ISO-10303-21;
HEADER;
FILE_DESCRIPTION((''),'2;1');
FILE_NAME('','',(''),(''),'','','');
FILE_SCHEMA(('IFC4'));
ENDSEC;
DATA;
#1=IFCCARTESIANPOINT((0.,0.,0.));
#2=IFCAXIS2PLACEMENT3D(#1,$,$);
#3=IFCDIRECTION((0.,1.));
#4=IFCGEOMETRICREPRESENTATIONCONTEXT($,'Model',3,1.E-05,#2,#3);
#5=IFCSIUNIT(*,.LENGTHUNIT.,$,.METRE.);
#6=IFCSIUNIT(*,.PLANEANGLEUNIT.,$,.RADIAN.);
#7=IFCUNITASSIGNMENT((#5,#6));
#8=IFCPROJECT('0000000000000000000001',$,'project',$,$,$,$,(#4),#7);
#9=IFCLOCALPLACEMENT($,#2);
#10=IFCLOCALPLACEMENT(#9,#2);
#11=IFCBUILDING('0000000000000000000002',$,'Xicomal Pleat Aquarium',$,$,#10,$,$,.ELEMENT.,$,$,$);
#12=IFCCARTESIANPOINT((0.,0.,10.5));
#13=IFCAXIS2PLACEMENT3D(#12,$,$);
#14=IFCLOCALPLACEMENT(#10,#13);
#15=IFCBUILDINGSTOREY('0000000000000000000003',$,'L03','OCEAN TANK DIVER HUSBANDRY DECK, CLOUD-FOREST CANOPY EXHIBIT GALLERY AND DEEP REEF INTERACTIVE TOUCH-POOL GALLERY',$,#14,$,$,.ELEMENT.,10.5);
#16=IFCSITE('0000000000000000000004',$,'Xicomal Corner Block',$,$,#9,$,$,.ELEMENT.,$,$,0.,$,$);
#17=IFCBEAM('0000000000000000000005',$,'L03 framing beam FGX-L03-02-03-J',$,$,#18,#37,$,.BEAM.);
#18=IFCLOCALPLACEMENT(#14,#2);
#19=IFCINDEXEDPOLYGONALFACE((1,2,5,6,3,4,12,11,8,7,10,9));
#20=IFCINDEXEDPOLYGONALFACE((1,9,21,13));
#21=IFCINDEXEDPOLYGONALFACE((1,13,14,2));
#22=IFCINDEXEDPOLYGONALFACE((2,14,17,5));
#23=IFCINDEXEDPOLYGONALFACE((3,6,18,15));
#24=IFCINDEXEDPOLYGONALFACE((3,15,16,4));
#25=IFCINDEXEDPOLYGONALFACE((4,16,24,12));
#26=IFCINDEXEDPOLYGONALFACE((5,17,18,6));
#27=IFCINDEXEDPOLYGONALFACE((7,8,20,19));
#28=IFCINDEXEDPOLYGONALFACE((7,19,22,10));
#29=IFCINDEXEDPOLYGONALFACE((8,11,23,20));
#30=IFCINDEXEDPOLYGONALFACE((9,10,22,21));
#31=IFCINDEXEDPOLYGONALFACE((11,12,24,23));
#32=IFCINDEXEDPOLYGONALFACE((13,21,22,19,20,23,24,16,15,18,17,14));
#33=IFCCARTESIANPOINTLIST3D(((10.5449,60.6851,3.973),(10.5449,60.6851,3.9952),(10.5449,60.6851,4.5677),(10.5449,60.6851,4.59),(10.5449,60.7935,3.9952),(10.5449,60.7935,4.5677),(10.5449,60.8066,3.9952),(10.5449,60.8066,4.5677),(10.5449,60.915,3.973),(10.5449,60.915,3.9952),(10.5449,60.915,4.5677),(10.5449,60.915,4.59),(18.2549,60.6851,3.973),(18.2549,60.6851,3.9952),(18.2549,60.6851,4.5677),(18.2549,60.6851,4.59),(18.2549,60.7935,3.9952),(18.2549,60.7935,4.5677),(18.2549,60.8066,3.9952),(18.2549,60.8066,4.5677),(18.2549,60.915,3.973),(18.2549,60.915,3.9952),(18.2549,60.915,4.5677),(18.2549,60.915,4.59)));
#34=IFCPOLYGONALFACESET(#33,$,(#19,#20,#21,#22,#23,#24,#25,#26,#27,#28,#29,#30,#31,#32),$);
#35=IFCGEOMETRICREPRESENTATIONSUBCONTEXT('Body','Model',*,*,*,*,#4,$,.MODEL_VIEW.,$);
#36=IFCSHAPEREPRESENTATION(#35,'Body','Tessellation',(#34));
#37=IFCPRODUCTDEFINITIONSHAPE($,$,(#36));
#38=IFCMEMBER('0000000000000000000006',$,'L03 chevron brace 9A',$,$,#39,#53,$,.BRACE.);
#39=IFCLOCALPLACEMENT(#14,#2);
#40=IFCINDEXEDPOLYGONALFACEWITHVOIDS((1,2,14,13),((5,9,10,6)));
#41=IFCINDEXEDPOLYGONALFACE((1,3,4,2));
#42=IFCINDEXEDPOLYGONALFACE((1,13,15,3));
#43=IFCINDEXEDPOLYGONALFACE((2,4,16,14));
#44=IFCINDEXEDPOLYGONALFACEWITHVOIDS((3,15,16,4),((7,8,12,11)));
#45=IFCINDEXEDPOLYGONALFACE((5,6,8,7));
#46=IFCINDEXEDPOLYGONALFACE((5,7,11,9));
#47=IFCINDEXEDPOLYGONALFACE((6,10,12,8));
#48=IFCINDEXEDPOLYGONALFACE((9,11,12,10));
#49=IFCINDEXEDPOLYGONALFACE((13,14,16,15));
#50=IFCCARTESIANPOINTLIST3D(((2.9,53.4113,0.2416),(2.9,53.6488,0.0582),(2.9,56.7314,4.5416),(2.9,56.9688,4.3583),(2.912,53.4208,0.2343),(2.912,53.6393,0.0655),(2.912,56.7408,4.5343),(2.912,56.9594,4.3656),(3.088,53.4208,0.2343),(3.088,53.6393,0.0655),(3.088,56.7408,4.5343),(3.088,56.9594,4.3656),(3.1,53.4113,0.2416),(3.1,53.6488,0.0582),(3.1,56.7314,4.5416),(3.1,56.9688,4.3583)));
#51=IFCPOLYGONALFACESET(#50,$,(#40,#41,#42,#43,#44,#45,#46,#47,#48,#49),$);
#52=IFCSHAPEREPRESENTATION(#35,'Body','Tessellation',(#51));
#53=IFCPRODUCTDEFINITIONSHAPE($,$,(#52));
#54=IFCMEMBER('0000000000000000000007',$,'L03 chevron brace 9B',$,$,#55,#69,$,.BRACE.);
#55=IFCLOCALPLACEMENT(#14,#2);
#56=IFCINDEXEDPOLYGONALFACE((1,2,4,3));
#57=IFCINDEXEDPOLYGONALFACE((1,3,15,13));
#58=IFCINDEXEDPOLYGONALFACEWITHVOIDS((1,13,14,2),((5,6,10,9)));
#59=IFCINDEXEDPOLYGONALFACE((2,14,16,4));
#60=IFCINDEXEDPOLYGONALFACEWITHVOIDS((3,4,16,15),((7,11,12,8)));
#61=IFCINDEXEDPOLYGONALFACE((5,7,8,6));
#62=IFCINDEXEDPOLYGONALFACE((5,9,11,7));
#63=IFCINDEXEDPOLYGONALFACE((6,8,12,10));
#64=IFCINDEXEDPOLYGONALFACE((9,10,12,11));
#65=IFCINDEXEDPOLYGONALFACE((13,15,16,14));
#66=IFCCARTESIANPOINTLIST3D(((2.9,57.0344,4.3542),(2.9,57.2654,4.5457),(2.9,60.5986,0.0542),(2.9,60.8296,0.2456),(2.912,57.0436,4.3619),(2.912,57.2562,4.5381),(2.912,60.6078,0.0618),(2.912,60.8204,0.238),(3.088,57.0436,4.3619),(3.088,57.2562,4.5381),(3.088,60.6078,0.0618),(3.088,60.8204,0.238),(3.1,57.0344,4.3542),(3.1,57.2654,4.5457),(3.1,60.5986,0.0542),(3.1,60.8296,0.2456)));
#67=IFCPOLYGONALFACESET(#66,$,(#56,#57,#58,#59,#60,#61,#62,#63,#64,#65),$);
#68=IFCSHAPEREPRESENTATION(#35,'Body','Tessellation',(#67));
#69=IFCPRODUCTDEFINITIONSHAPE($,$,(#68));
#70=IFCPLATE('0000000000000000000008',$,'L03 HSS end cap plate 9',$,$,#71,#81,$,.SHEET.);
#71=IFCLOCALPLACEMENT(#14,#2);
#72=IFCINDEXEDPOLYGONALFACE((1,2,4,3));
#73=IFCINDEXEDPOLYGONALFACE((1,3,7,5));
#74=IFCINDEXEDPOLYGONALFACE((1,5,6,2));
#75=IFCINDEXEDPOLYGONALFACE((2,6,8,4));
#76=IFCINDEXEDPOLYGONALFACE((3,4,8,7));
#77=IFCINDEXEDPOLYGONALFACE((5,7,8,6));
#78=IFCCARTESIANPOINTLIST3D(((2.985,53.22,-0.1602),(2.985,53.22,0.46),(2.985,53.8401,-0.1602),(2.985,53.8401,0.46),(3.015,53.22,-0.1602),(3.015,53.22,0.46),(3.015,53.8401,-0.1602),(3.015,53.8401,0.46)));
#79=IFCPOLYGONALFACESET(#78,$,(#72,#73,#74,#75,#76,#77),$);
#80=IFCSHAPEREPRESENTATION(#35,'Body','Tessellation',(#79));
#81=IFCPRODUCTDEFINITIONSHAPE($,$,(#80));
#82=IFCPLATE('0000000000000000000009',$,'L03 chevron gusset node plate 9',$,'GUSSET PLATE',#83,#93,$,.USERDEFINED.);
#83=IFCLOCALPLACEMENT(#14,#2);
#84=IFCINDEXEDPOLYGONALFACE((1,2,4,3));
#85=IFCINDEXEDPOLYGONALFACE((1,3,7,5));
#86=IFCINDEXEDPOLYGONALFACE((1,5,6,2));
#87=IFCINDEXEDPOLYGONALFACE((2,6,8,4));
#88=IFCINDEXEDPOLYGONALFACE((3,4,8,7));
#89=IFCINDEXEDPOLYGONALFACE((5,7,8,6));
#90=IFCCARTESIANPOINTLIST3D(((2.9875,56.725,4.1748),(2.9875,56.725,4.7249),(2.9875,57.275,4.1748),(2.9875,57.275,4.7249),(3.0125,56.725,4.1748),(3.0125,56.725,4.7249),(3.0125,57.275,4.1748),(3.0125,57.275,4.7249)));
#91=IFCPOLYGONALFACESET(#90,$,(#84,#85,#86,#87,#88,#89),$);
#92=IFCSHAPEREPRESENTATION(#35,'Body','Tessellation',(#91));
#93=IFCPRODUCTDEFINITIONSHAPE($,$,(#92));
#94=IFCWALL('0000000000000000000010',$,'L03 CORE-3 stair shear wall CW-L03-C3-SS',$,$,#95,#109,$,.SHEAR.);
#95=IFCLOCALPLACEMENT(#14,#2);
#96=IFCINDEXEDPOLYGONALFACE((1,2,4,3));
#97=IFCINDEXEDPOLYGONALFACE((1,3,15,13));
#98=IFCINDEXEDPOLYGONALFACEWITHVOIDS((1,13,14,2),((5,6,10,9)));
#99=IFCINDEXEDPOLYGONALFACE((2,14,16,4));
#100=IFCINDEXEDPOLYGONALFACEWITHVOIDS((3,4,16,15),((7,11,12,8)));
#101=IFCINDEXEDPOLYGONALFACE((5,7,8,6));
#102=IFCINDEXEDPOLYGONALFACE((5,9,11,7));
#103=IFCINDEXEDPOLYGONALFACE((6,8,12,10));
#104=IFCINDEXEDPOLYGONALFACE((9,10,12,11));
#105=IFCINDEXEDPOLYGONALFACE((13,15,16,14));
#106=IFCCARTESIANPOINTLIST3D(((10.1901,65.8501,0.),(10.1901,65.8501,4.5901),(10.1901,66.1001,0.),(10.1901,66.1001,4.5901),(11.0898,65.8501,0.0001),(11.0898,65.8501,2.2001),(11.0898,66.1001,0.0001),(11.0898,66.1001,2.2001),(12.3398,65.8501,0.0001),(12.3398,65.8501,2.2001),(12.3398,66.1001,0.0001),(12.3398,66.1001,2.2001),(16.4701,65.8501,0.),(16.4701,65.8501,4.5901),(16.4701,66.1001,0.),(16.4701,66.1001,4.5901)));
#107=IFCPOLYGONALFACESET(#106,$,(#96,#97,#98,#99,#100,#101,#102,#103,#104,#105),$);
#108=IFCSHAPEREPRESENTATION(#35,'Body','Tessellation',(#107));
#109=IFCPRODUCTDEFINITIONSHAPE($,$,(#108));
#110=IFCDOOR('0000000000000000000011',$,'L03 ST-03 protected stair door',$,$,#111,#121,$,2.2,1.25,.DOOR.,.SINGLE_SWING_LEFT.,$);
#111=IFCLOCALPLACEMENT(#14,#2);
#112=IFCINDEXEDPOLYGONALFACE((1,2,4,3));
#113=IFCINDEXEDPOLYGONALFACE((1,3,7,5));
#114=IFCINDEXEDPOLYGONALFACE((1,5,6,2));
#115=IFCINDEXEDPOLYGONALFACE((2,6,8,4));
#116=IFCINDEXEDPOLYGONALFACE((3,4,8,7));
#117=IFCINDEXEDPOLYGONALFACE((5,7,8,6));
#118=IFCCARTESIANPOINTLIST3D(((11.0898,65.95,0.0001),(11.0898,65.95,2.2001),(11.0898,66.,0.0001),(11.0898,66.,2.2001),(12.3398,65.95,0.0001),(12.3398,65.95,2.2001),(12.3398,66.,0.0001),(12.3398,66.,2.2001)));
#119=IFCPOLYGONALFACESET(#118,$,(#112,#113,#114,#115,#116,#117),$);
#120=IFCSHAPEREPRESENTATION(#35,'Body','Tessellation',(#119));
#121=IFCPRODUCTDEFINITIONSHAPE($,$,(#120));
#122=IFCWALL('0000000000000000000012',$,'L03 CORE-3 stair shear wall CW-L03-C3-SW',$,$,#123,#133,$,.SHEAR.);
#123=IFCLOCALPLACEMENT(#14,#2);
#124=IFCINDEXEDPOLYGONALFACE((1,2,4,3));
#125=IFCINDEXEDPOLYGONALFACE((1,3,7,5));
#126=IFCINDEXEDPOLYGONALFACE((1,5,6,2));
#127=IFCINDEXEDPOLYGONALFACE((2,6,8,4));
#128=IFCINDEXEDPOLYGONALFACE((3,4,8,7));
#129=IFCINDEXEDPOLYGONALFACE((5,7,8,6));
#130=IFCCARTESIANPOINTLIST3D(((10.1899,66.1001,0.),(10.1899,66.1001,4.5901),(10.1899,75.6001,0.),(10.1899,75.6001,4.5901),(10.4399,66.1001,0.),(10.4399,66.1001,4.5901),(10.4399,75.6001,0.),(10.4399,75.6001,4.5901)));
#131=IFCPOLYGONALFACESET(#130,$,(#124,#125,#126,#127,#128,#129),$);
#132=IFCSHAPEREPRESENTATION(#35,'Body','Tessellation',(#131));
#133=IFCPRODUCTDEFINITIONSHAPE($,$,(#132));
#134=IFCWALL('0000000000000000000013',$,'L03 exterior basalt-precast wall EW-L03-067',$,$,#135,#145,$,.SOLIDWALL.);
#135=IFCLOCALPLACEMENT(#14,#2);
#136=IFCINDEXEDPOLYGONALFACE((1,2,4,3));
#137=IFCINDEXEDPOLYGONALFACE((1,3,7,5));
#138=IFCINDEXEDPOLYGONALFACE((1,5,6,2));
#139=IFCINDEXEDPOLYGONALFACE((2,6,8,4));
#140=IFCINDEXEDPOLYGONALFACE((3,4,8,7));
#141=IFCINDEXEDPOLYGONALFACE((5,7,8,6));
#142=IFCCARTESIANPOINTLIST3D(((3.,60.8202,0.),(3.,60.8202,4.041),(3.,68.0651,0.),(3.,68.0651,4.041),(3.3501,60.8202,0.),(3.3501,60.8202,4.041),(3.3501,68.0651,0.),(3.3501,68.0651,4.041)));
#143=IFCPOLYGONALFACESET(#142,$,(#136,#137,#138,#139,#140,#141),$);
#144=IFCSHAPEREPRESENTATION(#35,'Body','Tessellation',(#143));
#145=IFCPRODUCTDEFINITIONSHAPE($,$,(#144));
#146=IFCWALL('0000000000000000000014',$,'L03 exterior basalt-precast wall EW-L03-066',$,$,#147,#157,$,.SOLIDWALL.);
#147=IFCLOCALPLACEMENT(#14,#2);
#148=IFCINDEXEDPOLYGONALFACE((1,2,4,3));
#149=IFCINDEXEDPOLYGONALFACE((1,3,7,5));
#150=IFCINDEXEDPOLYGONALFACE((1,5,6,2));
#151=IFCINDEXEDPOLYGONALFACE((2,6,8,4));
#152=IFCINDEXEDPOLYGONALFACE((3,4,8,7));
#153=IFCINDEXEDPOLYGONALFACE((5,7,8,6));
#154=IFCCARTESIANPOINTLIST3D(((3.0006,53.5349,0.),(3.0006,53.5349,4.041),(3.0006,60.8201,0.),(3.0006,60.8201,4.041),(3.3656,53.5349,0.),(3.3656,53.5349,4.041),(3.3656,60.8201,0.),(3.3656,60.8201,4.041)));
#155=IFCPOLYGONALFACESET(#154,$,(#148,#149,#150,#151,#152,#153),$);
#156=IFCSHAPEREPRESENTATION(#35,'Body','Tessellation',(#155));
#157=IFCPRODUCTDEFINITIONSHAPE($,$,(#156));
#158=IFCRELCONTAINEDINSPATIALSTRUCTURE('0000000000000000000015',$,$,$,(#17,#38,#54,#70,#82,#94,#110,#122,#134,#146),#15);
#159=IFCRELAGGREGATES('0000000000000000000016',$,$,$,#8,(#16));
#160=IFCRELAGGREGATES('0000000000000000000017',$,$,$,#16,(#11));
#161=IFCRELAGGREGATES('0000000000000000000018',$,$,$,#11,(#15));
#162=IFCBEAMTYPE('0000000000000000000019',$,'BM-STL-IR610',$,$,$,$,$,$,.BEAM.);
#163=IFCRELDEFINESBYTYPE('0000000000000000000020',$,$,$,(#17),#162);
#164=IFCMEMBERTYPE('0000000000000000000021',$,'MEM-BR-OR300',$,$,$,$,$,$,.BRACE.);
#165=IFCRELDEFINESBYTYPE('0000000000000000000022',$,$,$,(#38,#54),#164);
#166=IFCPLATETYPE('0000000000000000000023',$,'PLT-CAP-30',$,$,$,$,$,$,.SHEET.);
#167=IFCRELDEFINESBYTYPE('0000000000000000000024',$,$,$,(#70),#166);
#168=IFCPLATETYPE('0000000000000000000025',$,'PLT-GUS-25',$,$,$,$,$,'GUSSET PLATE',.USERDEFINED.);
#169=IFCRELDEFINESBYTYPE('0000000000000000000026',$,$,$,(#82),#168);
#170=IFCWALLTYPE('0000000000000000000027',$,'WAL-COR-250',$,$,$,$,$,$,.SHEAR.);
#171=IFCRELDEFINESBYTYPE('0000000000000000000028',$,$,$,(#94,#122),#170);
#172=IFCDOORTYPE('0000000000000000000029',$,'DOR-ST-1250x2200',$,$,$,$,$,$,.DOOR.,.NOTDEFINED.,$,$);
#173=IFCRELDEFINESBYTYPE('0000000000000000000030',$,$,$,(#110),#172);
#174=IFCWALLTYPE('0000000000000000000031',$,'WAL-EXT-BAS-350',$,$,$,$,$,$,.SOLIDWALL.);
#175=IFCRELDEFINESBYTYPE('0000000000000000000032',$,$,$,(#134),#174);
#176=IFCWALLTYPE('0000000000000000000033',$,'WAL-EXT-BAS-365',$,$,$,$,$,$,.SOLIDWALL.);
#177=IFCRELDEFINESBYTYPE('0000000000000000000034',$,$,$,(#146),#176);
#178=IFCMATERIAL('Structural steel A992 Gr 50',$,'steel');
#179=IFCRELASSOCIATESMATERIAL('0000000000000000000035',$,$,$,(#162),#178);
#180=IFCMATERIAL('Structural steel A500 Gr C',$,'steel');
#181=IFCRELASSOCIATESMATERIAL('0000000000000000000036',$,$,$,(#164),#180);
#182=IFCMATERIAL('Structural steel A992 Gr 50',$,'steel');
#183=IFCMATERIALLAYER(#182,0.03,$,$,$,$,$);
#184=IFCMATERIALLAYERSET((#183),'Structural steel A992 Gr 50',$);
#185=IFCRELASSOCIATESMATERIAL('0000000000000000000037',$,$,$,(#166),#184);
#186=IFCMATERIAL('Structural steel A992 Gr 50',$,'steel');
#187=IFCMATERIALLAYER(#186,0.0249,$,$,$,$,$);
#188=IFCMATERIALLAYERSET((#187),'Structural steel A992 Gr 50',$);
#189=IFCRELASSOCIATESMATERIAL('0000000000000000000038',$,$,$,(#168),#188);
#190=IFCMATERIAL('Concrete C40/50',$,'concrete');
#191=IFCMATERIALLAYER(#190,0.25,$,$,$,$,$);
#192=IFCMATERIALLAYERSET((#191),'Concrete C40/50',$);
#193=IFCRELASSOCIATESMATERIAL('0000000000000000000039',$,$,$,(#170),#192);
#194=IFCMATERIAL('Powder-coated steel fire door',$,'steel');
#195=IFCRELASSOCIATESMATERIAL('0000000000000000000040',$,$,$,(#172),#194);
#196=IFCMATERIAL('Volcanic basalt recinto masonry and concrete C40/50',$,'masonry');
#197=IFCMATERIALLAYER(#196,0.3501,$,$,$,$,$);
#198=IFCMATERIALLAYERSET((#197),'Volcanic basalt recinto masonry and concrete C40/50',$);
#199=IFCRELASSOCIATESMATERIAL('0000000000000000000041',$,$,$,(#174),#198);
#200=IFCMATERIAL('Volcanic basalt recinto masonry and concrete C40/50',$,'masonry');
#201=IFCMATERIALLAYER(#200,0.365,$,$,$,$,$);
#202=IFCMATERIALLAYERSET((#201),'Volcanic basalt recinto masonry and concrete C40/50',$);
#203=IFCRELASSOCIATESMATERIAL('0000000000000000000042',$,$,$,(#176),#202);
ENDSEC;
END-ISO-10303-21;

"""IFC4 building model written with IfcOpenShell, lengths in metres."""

from ifc_helpers import new_model, si_unit, direction, frame, frame_2d, origin, origin_2d, place, context, subcontext, project, spatial, rectangle, hollow_rectangle, i_section, extrude, material, layer, layer_set, material_profile, profile_set, type_object, element, fill, save


model = new_model("IFC4")

# Units and contexts
model_context = context("Model", 3, precision=1e-05, world=origin(), true_north=direction((0.0, 1.0)))
body_context = subcontext(model_context, "Body", "Model", "MODEL_VIEW")
ifc_project = project(units=[si_unit("LENGTHUNIT", "METRE"), si_unit("PLANEANGLEUNIT", "RADIAN")], contexts=[model_context])

# Site, building, storey
site_placement = place(None, origin())
site = spatial("IfcSite", under=ifc_project, at=site_placement, Name="Xicomal Corner Block", CompositionType="ELEMENT", RefElevation=0.0)
building_placement = place(site_placement, origin())
building = spatial("IfcBuilding", under=site, at=building_placement, Name="Xicomal Pleat Aquarium", CompositionType="ELEMENT")
storey_placement = place(building_placement, frame((0.0, 0.0, 10.5)))
storey = spatial("IfcBuildingStorey", under=building, at=storey_placement, Name="L03", Description="OCEAN TANK DIVER HUSBANDRY DECK, CLOUD-FOREST CANOPY EXHIBIT GALLERY AND DEEP REEF INTERACTIVE TOUCH-POOL GALLERY", CompositionType="ELEMENT", Elevation=10.5)

# Beam
ifc_material_1 = material(Name="Structural steel A992 Gr 50", Category="steel")
ifc_material_profile_1 = material_profile(ifc_material_1, i_section(OverallWidth=0.23, OverallDepth=0.6169, WebThickness=0.0132, FlangeThickness=0.0222, at=origin_2d()), Name="IR 610x140")
ifc_profile_set_1 = profile_set([ifc_material_profile_1], Name="Structural steel A992 Gr 50")
beam_type_1 = type_object("IfcBeamType", Name="BM-STL-IR610", PredefinedType="BEAM", material=ifc_profile_set_1)
beam_1_placement = place(storey_placement, frame((10.5449, 60.8, 4.2815), z_axis=(1.0, 0.0, 0.0), x_axis=(0.0, 1.0, 0.0)))
element("IfcBeam", 1, at=beam_1_placement, inside=storey, type_object=beam_type_1, Name="L03 framing beam FGX-L03-02-03-J", PredefinedType="BEAM", context=body_context, shape_type="SweptSolid", body=[
    extrude(i_section(OverallWidth=0.23, OverallDepth=0.6169, WebThickness=0.0132, FlangeThickness=0.0222, at=origin_2d()), origin(), (0.0, 0.0, 1.0), 7.71),
])

# Members
ifc_material_2 = material(Name="Structural steel A500 Gr C", Category="steel")
ifc_material_profile_2 = material_profile(ifc_material_2, hollow_rectangle(XDim=0.2, YDim=0.3, WallThickness=0.012, at=origin_2d()), Name="OR 300x200x12")
ifc_profile_set_2 = profile_set([ifc_material_profile_2], Name="Structural steel A500 Gr C")
member_type = type_object("IfcMemberType", Name="MEM-BR-OR300", PredefinedType="BRACE", material=ifc_profile_set_2)
member_1_placement = place(storey_placement, frame((3.0, 53.53, 0.1499), z_axis=(0.0, 0.611137, 0.791525), x_axis=(-1.0, 0.0, 0.0)))
element("IfcMember", 2, at=member_1_placement, inside=storey, type_object=member_type, Name="L03 chevron brace 9A", PredefinedType="BRACE", context=body_context, shape_type="SweptSolid", body=[
    extrude(hollow_rectangle(XDim=0.2, YDim=0.3, WallThickness=0.012, at=origin_2d()), origin(), (0.0, 0.0, 1.0), 5.4326),
])
member_2_placement = place(storey_placement, frame((3.0, 60.7141, 0.1499), z_axis=(0.0, -0.638157, 0.769906), x_axis=(1.0, 0.0, 0.0)))
element("IfcMember", 3, at=member_2_placement, inside=storey, type_object=member_type, Name="L03 chevron brace 9B", PredefinedType="BRACE", context=body_context, shape_type="SweptSolid", body=[
    extrude(hollow_rectangle(XDim=0.2, YDim=0.3, WallThickness=0.012, at=origin_2d()), origin(), (0.0, 0.0, 1.0), 5.5852),
])

# Plates
ifc_material_3 = material(Name="Structural steel A992 Gr 50", Category="steel")
ifc_layer_1 = layer(ifc_material_3, 0.03)
ifc_layer_set_1 = layer_set([ifc_layer_1], Name="Structural steel A992 Gr 50")
plate_type_1 = type_object("IfcPlateType", Name="PLT-CAP-30", PredefinedType="SHEET", material=ifc_layer_set_1)
plate_1_placement = place(storey_placement, frame((3.0, 53.53, -0.1602), z_axis=(0.0, 0.0, 1.0), x_axis=(0.0, 1.0, 0.0)))
element("IfcPlate", 4, at=plate_1_placement, inside=storey, type_object=plate_type_1, Name="L03 HSS end cap plate 9", PredefinedType="SHEET", context=body_context, shape_type="SweptSolid", body=[
    extrude(rectangle(XDim=0.6201, YDim=0.03, at=origin_2d()), origin(), (0.0, 0.0, 1.0), 0.6201),
])
ifc_material_4 = material(Name="Structural steel A992 Gr 50", Category="steel")
ifc_layer_2 = layer(ifc_material_4, 0.0249)
ifc_layer_set_2 = layer_set([ifc_layer_2], Name="Structural steel A992 Gr 50")
plate_type_2 = type_object("IfcPlateType", Name="PLT-GUS-25", ElementType="GUSSET PLATE", PredefinedType="USERDEFINED", material=ifc_layer_set_2)
plate_2_placement = place(storey_placement, frame((3.0, 57.0, 4.1748), z_axis=(0.0, 0.0, 1.0), x_axis=(0.0, 1.0, 0.0)))
element("IfcPlate", 5, at=plate_2_placement, inside=storey, type_object=plate_type_2, Name="L03 chevron gusset node plate 9", ObjectType="GUSSET PLATE", PredefinedType="USERDEFINED", context=body_context, shape_type="SweptSolid", body=[
    extrude(rectangle(XDim=0.55, YDim=0.0249, at=origin_2d()), origin(), (0.0, 0.0, 1.0), 0.55),
])

# Wall, opening, door
ifc_material_5 = material(Name="Concrete C40/50", Category="concrete")
ifc_layer_3 = layer(ifc_material_5, 0.25)
ifc_layer_set_3 = layer_set([ifc_layer_3], Name="Concrete C40/50")
wall_type_1 = type_object("IfcWallType", Name="WAL-COR-250", PredefinedType="SHEAR", material=ifc_layer_set_3)
wall_1_placement = place(storey_placement, frame((10.1899, 65.9751, 0.0), z_axis=(0.0, 0.0, 1.0), x_axis=(1.0, 0.0, 0.0)))
wall_1 = element("IfcWall", 6, at=wall_1_placement, inside=storey, type_object=wall_type_1, Name="L03 CORE-3 stair shear wall CW-L03-C3-SS", PredefinedType="SHEAR", context=body_context, shape_type="SweptSolid", body=[
    extrude(rectangle(XDim=6.28, YDim=0.25, at=frame_2d((3.1401, 0.0))), origin(), (0.0, 0.0, 1.0), 4.5901),
])
opening_1_placement = place(wall_1_placement, frame((0.8999, 0.0, 0.0)))
opening_1 = element("IfcOpeningElement", 7, at=opening_1_placement, cuts=wall_1, PredefinedType="OPENING", context=body_context, shape_type="SweptSolid", body=[
    extrude(rectangle(XDim=1.25, YDim=2.2, at=frame_2d((0.625, 1.1001))), frame((0.0, 0.135, 0.0), z_axis=(0.0, -1.0, 0.0), x_axis=(1.0, 0.0, 0.0)), (0.0, 0.0, 1.0), 0.27),
])
ifc_material_6 = material(Name="Powder-coated steel fire door", Category="steel")
door_type_1 = type_object("IfcDoorType", Name="DOR-ST-1250x2200", OperationType="NOTDEFINED", PredefinedType="DOOR", material=ifc_material_6)
door_1_placement = place(opening_1_placement, origin())
door_1 = element("IfcDoor", 8, at=door_1_placement, inside=storey, type_object=door_type_1, Name="L03 ST-03 protected stair door", OperationType="SINGLE_SWING_LEFT", OverallHeight=2.2, OverallWidth=1.25, PredefinedType="DOOR", context=body_context, shape_type="SweptSolid", body=[
    extrude(rectangle(XDim=1.25, YDim=2.2, at=frame_2d((0.625, 1.1001))), frame((0.0, 0.0249, 0.0), z_axis=(0.0, -1.0, 0.0), x_axis=(1.0, 0.0, 0.0)), (0.0, 0.0, 1.0), 0.05),
])
fill(opening_1, door_1)

# Walls
wall_2_placement = place(storey_placement, frame((10.3149, 66.1001, 0.0), z_axis=(0.0, 0.0, 1.0), x_axis=(0.0, 1.0, 0.0)))
element("IfcWall", 9, at=wall_2_placement, inside=storey, type_object=wall_type_1, Name="L03 CORE-3 stair shear wall CW-L03-C3-SW", PredefinedType="SHEAR", context=body_context, shape_type="SweptSolid", body=[
    extrude(rectangle(XDim=9.5, YDim=0.25, at=frame_2d((4.75, 0.0))), origin(), (0.0, 0.0, 1.0), 4.5901),
])
ifc_material_7 = material(Name="Volcanic basalt recinto masonry and concrete C40/50", Category="masonry")
ifc_layer_4 = layer(ifc_material_7, 0.3501)
ifc_layer_set_4 = layer_set([ifc_layer_4], Name="Volcanic basalt recinto masonry and concrete C40/50")
wall_type_2 = type_object("IfcWallType", Name="WAL-EXT-BAS-350", PredefinedType="SOLIDWALL", material=ifc_layer_set_4)
wall_3_placement = place(storey_placement, frame((3.175, 60.8201, 0.0), z_axis=(0.0, 0.0, 1.0), x_axis=(0.0, 1.0, 0.0)))
element("IfcWall", 10, at=wall_3_placement, inside=storey, type_object=wall_type_2, Name="L03 exterior basalt-precast wall EW-L03-067", PredefinedType="SOLIDWALL", context=body_context, shape_type="SweptSolid", body=[
    extrude(rectangle(XDim=7.2449, YDim=0.3501, at=frame_2d((3.6226, 0.0))), origin(), (0.0, 0.0, 1.0), 4.041),
])
ifc_material_8 = material(Name="Volcanic basalt recinto masonry and concrete C40/50", Category="masonry")
ifc_layer_5 = layer(ifc_material_8, 0.365)
ifc_layer_set_5 = layer_set([ifc_layer_5], Name="Volcanic basalt recinto masonry and concrete C40/50")
wall_type_3 = type_object("IfcWallType", Name="WAL-EXT-BAS-365", PredefinedType="SOLIDWALL", material=ifc_layer_set_5)
wall_4_placement = place(storey_placement, frame((3.1831, 53.5349, 0.0), z_axis=(0.0, 0.0, 1.0), x_axis=(0.0, 1.0, 0.0)))
element("IfcWall", 11, at=wall_4_placement, inside=storey, type_object=wall_type_3, Name="L03 exterior basalt-precast wall EW-L03-066", PredefinedType="SOLIDWALL", context=body_context, shape_type="SweptSolid", body=[
    extrude(rectangle(XDim=7.2852, YDim=0.365, at=frame_2d((3.6426, 0.0))), origin(), (0.0, 0.0, 1.0), 4.041),
])

save(model, "model.ifc")
